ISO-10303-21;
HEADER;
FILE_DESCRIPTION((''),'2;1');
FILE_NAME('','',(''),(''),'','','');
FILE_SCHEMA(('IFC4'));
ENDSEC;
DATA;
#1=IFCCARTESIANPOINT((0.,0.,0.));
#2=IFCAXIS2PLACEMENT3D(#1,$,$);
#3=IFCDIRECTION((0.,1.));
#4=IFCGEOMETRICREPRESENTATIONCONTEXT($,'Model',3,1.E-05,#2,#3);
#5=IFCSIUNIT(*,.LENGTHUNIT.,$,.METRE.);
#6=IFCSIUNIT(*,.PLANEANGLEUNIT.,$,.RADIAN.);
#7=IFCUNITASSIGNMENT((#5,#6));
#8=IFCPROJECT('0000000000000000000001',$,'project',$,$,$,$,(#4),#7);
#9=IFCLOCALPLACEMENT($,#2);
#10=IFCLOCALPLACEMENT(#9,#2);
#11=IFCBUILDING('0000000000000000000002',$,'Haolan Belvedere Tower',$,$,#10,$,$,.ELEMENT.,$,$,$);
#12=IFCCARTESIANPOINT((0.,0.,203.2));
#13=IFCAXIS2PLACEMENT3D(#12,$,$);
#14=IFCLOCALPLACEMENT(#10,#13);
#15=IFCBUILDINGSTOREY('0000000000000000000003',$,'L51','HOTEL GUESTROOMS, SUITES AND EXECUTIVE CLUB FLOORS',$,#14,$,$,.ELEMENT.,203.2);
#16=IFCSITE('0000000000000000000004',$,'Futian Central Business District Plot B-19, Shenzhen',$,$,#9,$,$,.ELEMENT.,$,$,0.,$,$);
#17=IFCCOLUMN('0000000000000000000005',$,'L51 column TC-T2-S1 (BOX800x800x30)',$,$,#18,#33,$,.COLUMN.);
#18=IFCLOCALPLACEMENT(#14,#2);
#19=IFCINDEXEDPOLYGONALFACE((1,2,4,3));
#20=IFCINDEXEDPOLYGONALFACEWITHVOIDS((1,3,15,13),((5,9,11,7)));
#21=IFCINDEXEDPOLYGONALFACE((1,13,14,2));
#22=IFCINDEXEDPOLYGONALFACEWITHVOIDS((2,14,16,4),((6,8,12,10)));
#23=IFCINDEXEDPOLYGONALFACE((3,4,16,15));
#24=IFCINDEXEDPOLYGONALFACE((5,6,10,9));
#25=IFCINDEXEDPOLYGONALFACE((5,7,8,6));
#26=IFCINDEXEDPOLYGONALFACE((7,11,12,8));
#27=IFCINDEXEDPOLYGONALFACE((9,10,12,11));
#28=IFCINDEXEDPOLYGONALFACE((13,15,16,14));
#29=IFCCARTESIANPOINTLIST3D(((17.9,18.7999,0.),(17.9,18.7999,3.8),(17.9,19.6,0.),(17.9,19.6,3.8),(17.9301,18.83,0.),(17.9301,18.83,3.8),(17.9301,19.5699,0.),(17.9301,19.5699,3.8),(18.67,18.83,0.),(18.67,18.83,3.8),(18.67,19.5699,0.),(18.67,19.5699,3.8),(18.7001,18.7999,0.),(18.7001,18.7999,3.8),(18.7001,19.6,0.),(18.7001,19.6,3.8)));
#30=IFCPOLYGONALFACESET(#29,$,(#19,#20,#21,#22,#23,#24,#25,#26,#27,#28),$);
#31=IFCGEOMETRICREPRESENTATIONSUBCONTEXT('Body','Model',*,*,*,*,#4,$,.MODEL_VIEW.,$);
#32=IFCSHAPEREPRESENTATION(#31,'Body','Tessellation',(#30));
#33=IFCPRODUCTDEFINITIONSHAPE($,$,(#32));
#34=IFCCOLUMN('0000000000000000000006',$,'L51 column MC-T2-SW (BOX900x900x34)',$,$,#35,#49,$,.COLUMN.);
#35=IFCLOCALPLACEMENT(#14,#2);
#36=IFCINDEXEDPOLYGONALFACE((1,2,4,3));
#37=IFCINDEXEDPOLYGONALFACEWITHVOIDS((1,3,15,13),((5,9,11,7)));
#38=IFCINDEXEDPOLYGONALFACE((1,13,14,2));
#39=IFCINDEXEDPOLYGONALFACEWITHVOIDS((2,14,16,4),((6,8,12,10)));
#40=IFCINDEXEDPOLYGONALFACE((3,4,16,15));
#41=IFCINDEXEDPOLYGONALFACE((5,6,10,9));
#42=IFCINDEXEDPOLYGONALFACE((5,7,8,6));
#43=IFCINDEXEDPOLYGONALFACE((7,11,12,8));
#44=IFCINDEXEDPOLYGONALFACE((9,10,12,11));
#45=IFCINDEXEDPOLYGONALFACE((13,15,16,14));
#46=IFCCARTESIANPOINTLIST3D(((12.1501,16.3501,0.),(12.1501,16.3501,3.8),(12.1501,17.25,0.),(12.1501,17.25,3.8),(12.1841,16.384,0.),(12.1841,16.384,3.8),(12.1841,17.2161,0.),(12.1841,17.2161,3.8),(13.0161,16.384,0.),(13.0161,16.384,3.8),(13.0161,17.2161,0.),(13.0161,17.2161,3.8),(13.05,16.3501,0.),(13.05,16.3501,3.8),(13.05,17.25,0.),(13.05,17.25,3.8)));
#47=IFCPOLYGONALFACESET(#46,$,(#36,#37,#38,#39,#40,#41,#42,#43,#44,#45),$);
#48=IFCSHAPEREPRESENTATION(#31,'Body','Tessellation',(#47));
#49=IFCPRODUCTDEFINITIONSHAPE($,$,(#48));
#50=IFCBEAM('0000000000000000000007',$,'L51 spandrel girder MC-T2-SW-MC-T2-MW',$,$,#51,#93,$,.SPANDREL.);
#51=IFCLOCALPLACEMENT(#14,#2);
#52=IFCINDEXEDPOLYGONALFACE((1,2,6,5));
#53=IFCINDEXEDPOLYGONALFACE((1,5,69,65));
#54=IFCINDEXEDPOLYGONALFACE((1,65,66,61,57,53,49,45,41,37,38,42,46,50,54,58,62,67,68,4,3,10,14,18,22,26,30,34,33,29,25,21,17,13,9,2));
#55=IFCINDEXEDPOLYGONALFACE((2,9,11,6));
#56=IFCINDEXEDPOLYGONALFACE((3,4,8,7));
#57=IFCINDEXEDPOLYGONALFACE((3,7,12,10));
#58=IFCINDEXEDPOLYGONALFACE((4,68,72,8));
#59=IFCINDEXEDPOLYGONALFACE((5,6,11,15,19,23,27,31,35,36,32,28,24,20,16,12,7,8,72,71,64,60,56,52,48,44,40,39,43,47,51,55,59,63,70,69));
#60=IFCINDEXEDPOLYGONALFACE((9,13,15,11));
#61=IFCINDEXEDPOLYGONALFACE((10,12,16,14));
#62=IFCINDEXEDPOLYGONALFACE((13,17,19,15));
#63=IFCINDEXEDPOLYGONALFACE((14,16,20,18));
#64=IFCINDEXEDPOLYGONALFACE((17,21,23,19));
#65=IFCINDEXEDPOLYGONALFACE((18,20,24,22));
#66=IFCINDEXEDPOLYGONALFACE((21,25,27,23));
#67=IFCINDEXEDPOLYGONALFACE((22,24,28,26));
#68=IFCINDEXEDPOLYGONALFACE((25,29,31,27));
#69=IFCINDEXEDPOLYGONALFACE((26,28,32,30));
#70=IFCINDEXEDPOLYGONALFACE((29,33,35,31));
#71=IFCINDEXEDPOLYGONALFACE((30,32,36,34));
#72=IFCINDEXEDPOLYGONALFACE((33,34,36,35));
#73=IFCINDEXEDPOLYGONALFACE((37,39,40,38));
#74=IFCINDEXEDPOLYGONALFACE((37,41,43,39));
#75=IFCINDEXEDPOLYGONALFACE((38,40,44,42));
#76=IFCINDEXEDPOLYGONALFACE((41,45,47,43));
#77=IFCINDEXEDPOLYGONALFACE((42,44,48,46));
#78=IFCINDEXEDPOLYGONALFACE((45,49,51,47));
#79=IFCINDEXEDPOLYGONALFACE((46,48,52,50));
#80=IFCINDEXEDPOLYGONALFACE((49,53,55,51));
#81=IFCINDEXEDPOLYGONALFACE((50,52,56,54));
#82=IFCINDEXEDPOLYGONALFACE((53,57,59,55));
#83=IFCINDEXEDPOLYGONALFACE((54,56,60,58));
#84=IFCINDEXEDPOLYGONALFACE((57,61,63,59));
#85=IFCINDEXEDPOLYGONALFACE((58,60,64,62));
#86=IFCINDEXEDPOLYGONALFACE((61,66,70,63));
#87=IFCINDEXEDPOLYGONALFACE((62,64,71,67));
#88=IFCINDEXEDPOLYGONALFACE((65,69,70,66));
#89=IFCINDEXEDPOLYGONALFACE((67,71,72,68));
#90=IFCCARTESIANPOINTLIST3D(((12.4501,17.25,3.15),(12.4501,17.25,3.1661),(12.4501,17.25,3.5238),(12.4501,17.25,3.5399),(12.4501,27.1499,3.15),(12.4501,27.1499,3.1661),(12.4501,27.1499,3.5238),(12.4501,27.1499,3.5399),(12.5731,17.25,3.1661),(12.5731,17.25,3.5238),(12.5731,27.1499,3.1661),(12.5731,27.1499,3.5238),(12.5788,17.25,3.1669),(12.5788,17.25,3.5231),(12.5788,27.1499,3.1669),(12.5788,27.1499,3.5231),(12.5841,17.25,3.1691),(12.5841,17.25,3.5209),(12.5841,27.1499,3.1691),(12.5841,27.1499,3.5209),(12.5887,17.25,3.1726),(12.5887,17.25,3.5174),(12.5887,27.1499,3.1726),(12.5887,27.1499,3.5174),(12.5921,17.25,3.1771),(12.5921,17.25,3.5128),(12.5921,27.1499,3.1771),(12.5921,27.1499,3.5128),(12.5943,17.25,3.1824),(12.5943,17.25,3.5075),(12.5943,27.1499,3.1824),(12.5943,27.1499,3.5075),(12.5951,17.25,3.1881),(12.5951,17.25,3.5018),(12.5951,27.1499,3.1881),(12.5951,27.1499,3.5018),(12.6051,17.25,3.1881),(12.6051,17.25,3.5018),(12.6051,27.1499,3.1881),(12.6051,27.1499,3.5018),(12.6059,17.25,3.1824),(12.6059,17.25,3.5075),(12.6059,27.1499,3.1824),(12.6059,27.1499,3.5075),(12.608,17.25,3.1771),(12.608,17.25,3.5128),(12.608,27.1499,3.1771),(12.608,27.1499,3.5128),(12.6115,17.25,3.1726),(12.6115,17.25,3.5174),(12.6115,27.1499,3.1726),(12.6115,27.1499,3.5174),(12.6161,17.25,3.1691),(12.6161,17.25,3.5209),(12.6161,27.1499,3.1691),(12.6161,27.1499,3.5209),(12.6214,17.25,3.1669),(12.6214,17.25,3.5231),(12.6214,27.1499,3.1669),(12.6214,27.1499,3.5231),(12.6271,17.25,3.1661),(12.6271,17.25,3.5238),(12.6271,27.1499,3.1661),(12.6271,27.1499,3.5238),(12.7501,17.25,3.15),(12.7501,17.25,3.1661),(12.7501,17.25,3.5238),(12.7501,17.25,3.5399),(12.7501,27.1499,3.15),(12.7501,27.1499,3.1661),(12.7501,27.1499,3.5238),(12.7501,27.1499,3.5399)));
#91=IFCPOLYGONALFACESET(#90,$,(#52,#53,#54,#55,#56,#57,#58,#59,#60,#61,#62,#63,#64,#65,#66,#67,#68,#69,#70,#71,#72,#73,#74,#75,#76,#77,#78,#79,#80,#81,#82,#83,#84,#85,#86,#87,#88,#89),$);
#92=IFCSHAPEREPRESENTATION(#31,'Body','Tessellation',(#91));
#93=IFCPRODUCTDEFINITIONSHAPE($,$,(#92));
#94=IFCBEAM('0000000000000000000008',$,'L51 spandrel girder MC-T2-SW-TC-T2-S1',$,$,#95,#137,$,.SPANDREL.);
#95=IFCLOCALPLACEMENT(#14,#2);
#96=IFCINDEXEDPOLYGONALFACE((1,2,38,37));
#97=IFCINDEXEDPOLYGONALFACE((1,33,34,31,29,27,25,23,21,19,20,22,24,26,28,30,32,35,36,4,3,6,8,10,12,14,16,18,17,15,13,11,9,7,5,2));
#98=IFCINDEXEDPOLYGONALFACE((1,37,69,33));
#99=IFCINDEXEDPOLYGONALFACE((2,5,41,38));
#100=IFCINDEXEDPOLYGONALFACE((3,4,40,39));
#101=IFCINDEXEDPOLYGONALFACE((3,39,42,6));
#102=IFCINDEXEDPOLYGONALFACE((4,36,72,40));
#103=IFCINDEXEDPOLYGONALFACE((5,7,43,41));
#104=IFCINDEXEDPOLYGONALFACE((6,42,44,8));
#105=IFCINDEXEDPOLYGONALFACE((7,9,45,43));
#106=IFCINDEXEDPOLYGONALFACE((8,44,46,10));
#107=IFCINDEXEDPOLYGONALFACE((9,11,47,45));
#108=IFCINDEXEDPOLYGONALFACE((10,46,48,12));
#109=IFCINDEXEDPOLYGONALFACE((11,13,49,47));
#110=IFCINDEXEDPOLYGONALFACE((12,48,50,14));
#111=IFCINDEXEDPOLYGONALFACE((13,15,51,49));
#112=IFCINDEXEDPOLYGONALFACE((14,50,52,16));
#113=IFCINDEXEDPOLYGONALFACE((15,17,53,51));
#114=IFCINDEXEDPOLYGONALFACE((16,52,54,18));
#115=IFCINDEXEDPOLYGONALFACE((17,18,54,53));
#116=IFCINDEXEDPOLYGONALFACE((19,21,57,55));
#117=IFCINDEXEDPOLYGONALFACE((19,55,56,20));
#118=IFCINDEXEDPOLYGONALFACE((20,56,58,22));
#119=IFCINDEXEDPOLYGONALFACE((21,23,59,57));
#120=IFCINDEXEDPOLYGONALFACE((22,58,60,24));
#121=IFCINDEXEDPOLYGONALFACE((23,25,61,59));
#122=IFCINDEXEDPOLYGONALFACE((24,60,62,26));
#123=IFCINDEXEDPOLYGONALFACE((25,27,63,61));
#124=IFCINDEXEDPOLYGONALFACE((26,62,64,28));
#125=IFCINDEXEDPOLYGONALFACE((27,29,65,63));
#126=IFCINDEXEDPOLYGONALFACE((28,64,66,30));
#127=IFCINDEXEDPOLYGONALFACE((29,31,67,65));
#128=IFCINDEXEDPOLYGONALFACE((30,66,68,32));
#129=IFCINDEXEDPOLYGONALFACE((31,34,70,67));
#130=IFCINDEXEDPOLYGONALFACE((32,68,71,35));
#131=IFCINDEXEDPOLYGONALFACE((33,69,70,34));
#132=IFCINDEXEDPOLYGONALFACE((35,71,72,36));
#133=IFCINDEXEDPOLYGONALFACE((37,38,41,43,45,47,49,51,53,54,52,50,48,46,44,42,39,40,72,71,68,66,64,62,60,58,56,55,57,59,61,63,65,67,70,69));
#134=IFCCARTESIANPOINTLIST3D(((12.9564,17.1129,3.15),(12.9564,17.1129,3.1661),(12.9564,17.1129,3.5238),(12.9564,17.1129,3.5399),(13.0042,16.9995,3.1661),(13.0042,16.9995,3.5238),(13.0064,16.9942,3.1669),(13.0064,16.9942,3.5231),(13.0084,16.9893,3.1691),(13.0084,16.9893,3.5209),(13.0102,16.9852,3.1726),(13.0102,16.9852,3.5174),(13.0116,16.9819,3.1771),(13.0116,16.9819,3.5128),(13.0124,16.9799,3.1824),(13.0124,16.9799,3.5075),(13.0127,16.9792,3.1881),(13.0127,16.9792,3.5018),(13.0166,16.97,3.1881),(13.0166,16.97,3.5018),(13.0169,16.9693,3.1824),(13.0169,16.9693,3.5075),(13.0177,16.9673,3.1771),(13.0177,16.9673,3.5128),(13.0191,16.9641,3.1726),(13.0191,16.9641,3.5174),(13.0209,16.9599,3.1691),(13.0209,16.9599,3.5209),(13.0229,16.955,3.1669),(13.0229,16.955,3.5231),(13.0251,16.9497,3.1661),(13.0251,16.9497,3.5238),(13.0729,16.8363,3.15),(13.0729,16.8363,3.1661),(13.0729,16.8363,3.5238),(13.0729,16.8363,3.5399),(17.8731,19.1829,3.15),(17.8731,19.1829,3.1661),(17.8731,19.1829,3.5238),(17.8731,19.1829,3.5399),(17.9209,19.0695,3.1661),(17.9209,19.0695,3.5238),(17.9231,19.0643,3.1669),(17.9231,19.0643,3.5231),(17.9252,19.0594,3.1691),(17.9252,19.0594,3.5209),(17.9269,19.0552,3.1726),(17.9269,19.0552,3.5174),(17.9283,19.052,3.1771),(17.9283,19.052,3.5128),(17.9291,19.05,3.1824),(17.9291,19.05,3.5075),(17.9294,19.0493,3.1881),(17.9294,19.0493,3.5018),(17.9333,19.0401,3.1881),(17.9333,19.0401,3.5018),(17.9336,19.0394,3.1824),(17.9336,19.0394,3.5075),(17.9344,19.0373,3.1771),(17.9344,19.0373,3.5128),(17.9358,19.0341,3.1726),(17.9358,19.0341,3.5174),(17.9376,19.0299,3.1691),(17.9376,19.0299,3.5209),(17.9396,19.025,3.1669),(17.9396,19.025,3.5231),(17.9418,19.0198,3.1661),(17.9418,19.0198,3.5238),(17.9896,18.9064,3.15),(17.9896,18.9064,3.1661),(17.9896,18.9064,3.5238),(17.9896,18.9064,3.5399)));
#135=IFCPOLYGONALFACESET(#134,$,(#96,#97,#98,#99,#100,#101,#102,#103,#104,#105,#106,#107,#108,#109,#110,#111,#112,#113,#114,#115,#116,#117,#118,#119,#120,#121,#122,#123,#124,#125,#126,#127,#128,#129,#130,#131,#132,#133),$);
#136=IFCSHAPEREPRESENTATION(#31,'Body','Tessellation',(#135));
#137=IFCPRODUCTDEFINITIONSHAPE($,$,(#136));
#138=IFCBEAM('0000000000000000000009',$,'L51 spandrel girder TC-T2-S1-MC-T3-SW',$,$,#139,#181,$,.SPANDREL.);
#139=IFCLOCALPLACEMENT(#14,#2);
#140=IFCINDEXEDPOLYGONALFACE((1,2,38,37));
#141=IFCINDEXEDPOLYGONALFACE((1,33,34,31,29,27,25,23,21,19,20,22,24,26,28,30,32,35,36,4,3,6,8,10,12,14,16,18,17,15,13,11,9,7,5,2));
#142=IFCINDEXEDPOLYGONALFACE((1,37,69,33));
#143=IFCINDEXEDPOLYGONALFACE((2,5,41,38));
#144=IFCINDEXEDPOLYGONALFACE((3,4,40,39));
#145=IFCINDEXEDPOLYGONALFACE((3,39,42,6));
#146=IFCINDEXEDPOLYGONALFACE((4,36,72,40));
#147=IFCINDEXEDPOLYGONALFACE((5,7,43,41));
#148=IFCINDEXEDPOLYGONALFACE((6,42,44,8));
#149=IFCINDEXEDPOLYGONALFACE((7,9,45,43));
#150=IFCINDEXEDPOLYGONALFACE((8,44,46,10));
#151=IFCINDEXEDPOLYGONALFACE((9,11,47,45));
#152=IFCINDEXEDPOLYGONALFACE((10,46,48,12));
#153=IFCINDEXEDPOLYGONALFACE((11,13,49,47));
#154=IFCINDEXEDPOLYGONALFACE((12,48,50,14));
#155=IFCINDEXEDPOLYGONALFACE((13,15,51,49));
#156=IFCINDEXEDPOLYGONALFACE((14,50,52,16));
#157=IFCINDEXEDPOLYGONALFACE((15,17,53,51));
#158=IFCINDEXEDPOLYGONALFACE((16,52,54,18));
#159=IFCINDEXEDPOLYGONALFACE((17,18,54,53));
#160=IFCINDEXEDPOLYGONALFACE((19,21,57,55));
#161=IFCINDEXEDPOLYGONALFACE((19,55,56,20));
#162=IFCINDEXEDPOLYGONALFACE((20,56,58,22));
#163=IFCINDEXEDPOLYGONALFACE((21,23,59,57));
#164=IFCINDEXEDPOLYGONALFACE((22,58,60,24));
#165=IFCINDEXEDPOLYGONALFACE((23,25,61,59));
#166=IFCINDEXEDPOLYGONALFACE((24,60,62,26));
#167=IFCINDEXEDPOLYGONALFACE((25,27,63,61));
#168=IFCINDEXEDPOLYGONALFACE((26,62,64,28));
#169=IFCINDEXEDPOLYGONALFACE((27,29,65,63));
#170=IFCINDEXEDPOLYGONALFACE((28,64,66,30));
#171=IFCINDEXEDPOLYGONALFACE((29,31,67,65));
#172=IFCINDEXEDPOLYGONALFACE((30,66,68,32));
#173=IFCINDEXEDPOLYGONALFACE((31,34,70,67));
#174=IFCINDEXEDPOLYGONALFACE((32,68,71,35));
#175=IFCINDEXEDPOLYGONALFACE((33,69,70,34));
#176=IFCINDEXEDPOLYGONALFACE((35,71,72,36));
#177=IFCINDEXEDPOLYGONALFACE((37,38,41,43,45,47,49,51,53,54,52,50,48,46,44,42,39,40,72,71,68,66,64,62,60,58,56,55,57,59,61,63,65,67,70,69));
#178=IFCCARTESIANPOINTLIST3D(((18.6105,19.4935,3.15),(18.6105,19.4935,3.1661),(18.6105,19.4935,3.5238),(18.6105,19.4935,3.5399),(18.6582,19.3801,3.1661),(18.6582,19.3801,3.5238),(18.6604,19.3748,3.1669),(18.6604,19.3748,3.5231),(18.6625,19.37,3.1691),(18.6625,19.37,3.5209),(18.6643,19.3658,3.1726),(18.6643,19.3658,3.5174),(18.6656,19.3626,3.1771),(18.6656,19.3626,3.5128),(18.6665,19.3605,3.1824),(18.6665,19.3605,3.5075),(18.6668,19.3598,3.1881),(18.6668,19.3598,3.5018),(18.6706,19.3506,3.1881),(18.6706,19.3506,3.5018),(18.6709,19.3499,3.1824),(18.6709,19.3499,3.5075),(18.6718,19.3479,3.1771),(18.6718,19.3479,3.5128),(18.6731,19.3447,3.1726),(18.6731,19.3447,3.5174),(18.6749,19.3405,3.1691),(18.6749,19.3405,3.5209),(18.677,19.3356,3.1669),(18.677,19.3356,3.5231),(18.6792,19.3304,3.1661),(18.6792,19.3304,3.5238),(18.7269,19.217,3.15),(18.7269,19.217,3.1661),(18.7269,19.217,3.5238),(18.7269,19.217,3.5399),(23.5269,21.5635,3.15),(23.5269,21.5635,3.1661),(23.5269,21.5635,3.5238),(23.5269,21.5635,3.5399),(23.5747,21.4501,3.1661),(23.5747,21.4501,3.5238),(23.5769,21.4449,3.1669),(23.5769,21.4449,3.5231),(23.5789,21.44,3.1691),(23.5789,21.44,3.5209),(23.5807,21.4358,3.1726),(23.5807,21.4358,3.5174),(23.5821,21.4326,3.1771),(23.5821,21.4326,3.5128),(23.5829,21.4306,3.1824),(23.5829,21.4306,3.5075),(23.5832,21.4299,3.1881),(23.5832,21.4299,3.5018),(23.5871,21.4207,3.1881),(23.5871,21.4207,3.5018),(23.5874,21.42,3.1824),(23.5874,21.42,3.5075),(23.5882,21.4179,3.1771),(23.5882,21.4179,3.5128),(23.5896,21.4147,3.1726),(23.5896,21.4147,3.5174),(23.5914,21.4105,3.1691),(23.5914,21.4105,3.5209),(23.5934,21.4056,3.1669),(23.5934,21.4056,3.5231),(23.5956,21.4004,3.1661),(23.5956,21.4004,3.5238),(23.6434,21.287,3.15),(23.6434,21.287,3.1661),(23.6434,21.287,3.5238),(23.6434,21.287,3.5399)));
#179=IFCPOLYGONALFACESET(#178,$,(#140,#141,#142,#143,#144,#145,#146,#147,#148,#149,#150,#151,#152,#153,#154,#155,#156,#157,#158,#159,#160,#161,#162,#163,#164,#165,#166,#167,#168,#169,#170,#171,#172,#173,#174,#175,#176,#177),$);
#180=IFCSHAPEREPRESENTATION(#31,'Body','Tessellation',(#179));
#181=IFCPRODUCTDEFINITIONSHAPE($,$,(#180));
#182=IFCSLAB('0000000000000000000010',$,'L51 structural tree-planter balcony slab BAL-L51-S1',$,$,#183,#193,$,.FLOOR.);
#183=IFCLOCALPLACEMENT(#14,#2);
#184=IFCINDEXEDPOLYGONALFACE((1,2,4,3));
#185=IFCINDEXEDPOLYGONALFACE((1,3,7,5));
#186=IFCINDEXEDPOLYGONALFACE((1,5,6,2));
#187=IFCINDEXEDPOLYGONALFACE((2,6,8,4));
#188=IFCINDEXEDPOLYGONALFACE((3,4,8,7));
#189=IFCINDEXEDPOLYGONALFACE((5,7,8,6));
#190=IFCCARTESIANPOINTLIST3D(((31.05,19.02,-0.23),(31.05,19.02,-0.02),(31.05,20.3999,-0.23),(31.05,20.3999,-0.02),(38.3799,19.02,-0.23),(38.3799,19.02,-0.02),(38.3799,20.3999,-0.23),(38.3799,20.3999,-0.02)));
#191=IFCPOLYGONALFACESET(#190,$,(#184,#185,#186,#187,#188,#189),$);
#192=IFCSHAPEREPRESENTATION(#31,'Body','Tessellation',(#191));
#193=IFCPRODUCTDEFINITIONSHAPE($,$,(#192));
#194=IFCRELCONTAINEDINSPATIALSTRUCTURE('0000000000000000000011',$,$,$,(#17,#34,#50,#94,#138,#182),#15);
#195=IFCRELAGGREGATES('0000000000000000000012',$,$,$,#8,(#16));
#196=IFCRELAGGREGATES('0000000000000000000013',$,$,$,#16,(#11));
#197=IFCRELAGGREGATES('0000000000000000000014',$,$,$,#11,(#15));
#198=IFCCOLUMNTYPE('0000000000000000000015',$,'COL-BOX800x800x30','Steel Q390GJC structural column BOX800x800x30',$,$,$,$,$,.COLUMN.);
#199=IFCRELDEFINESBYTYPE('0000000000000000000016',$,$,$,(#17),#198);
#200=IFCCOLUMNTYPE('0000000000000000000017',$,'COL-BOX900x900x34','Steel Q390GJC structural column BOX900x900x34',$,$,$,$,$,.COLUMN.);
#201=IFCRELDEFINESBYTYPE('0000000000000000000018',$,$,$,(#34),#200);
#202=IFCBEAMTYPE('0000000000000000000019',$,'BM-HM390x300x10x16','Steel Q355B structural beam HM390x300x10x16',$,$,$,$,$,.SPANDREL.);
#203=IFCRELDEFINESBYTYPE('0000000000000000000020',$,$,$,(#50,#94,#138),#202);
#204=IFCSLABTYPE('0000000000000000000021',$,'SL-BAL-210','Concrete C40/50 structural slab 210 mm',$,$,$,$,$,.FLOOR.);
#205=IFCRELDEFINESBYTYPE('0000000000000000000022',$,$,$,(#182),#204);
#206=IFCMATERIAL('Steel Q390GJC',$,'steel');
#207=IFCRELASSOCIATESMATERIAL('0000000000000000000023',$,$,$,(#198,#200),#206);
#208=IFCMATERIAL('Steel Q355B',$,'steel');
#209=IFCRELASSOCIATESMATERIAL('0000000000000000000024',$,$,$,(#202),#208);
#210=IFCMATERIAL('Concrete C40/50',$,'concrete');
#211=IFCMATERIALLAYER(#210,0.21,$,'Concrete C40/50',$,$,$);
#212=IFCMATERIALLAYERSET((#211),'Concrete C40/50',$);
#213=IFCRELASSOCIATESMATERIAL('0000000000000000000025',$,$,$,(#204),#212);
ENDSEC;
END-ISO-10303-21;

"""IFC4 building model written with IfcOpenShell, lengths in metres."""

from ifc_helpers import new_model, si_unit, direction, frame, origin, origin_2d, place, context, subcontext, project, spatial, polyline, hollow_rectangle, i_section, outline, extrude, material, layer, layer_set, material_profile, profile_set, type_object, element, save


model = new_model("IFC4")

# Units and contexts
model_context = context("Model", 3, precision=1e-05, world=origin(), true_north=direction((0.0, 1.0)))
body_context = subcontext(model_context, "Body", "Model", "MODEL_VIEW")
ifc_project = project(units=[si_unit("LENGTHUNIT", "METRE"), si_unit("PLANEANGLEUNIT", "RADIAN")], contexts=[model_context])

# Site, building, storey
site_placement = place(None, origin())
site = spatial("IfcSite", under=ifc_project, at=site_placement, Name="Futian Central Business District Plot B-19, Shenzhen", CompositionType="ELEMENT", RefElevation=0.0)
building_placement = place(site_placement, origin())
building = spatial("IfcBuilding", under=site, at=building_placement, Name="Haolan Belvedere Tower", CompositionType="ELEMENT")
storey_placement = place(building_placement, frame((0.0, 0.0, 203.2)))
storey = spatial("IfcBuildingStorey", under=building, at=storey_placement, Name="L51", Description="HOTEL GUESTROOMS, SUITES AND EXECUTIVE CLUB FLOORS", CompositionType="ELEMENT", Elevation=203.2)

# Columns
ifc_material_1 = material(Name="Steel Q390GJC", Category="steel")
ifc_material_profile_1 = material_profile(ifc_material_1, hollow_rectangle(XDim=0.8, YDim=0.8, WallThickness=0.03, at=origin_2d()), Name="Steel Q390GJC")
ifc_profile_set_1 = profile_set([ifc_material_profile_1], Name="Steel Q390GJC")
column_type_1 = type_object("IfcColumnType", Name="COL-BOX800x800x30", Description="Steel Q390GJC structural column BOX800x800x30", PredefinedType="COLUMN", material=ifc_profile_set_1)
column_1_placement = place(storey_placement, frame((18.3, 19.2, 0.0), z_axis=(0.0, 0.0, 1.0), x_axis=(1.0, 0.0, 0.0)))
element("IfcColumn", 1, at=column_1_placement, inside=storey, type_object=column_type_1, Name="L51 column TC-T2-S1 (BOX800x800x30)", PredefinedType="COLUMN", context=body_context, shape_type="SweptSolid", body=[
    extrude(hollow_rectangle(XDim=0.8, YDim=0.8, WallThickness=0.03, at=origin_2d()), origin(), (0.0, 0.0, 1.0), 3.8),
])
ifc_material_profile_2 = material_profile(ifc_material_1, hollow_rectangle(XDim=0.8999, YDim=0.8999, WallThickness=0.0339, at=origin_2d()), Name="Steel Q390GJC")
ifc_profile_set_2 = profile_set([ifc_material_profile_2], Name="Steel Q390GJC")
column_type_2 = type_object("IfcColumnType", Name="COL-BOX900x900x34", Description="Steel Q390GJC structural column BOX900x900x34", PredefinedType="COLUMN", material=ifc_profile_set_2)
column_2_placement = place(storey_placement, frame((12.6001, 16.8, 0.0), z_axis=(0.0, 0.0, 1.0), x_axis=(1.0, 0.0, 0.0)))
element("IfcColumn", 2, at=column_2_placement, inside=storey, type_object=column_type_2, Name="L51 column MC-T2-SW (BOX900x900x34)", PredefinedType="COLUMN", context=body_context, shape_type="SweptSolid", body=[
    extrude(hollow_rectangle(XDim=0.8999, YDim=0.8999, WallThickness=0.0339, at=origin_2d()), origin(), (0.0, 0.0, 1.0), 3.8),
])

# Beams
ifc_material_2 = material(Name="Steel Q355B", Category="steel")
ifc_material_profile_3 = material_profile(ifc_material_2, i_section(OverallWidth=0.3, OverallDepth=0.3899, WebThickness=0.01, FlangeThickness=0.0161, FilletRadius=0.022, at=origin_2d()), Name="Steel Q355B")
ifc_profile_set_3 = profile_set([ifc_material_profile_3], Name="Steel Q355B")
beam_type = type_object("IfcBeamType", Name="BM-HM390x300x10x16", Description="Steel Q355B structural beam HM390x300x10x16", PredefinedType="SPANDREL", material=ifc_profile_set_3)
beam_1_placement = place(storey_placement, frame((12.6001, 17.25, 3.345), z_axis=(0.0, 1.0, 0.0), x_axis=(-1.0, 0.0, 0.0)))
element("IfcBeam", 3, at=beam_1_placement, inside=storey, type_object=beam_type, Name="L51 spandrel girder MC-T2-SW-MC-T2-MW", PredefinedType="SPANDREL", context=body_context, shape_type="SweptSolid", body=[
    extrude(i_section(OverallWidth=0.3, OverallDepth=0.3899, WebThickness=0.01, FlangeThickness=0.0161, FilletRadius=0.022, at=origin_2d()), origin(), (0.0, 0.0, 1.0), 9.8999),
])
beam_2_placement = place(storey_placement, frame((13.0146, 16.9746, 3.345), z_axis=(0.921645, 0.388034, 0.0), x_axis=(-0.388034, 0.921645, 0.0)))
element("IfcBeam", 4, at=beam_2_placement, inside=storey, type_object=beam_type, Name="L51 spandrel girder MC-T2-SW-TC-T2-S1", PredefinedType="SPANDREL", context=body_context, shape_type="SweptSolid", body=[
    extrude(i_section(OverallWidth=0.3, OverallDepth=0.3899, WebThickness=0.01, FlangeThickness=0.0161, FilletRadius=0.022, at=origin_2d()), origin(), (0.0, 0.0, 1.0), 5.3347),
])
beam_3_placement = place(storey_placement, frame((18.6687, 19.3552, 3.345), z_axis=(0.921638, 0.388051, 0.0), x_axis=(-0.388051, 0.921638, 0.0)))
element("IfcBeam", 5, at=beam_3_placement, inside=storey, type_object=beam_type, Name="L51 spandrel girder TC-T2-S1-MC-T3-SW", PredefinedType="SPANDREL", context=body_context, shape_type="SweptSolid", body=[
    extrude(i_section(OverallWidth=0.3, OverallDepth=0.3899, WebThickness=0.01, FlangeThickness=0.0161, FilletRadius=0.022, at=origin_2d()), origin(), (0.0, 0.0, 1.0), 5.3345),
])

# Slab
ifc_material_3 = material(Name="Concrete C40/50", Category="concrete")
ifc_layer_1 = layer(ifc_material_3, 0.21, Name="Concrete C40/50")
ifc_layer_set_1 = layer_set([ifc_layer_1], Name="Concrete C40/50")
slab_type_1 = type_object("IfcSlabType", Name="SL-BAL-210", Description="Concrete C40/50 structural slab 210 mm", PredefinedType="FLOOR", material=ifc_layer_set_1)
slab_1_placement = place(storey_placement, frame((0.0, 0.0, -0.23)))
element("IfcSlab", 6, at=slab_1_placement, inside=storey, type_object=slab_type_1, Name="L51 structural tree-planter balcony slab BAL-L51-S1", PredefinedType="FLOOR", context=body_context, shape_type="SweptSolid", body=[
    extrude(outline(polyline([(31.05, 19.02), (38.3799, 19.02), (38.3799, 20.3999), (31.05, 20.3999), (31.05, 19.02)])), origin(), (0.0, 0.0, 1.0), 0.21),
])

save(model, "model.ifc")
